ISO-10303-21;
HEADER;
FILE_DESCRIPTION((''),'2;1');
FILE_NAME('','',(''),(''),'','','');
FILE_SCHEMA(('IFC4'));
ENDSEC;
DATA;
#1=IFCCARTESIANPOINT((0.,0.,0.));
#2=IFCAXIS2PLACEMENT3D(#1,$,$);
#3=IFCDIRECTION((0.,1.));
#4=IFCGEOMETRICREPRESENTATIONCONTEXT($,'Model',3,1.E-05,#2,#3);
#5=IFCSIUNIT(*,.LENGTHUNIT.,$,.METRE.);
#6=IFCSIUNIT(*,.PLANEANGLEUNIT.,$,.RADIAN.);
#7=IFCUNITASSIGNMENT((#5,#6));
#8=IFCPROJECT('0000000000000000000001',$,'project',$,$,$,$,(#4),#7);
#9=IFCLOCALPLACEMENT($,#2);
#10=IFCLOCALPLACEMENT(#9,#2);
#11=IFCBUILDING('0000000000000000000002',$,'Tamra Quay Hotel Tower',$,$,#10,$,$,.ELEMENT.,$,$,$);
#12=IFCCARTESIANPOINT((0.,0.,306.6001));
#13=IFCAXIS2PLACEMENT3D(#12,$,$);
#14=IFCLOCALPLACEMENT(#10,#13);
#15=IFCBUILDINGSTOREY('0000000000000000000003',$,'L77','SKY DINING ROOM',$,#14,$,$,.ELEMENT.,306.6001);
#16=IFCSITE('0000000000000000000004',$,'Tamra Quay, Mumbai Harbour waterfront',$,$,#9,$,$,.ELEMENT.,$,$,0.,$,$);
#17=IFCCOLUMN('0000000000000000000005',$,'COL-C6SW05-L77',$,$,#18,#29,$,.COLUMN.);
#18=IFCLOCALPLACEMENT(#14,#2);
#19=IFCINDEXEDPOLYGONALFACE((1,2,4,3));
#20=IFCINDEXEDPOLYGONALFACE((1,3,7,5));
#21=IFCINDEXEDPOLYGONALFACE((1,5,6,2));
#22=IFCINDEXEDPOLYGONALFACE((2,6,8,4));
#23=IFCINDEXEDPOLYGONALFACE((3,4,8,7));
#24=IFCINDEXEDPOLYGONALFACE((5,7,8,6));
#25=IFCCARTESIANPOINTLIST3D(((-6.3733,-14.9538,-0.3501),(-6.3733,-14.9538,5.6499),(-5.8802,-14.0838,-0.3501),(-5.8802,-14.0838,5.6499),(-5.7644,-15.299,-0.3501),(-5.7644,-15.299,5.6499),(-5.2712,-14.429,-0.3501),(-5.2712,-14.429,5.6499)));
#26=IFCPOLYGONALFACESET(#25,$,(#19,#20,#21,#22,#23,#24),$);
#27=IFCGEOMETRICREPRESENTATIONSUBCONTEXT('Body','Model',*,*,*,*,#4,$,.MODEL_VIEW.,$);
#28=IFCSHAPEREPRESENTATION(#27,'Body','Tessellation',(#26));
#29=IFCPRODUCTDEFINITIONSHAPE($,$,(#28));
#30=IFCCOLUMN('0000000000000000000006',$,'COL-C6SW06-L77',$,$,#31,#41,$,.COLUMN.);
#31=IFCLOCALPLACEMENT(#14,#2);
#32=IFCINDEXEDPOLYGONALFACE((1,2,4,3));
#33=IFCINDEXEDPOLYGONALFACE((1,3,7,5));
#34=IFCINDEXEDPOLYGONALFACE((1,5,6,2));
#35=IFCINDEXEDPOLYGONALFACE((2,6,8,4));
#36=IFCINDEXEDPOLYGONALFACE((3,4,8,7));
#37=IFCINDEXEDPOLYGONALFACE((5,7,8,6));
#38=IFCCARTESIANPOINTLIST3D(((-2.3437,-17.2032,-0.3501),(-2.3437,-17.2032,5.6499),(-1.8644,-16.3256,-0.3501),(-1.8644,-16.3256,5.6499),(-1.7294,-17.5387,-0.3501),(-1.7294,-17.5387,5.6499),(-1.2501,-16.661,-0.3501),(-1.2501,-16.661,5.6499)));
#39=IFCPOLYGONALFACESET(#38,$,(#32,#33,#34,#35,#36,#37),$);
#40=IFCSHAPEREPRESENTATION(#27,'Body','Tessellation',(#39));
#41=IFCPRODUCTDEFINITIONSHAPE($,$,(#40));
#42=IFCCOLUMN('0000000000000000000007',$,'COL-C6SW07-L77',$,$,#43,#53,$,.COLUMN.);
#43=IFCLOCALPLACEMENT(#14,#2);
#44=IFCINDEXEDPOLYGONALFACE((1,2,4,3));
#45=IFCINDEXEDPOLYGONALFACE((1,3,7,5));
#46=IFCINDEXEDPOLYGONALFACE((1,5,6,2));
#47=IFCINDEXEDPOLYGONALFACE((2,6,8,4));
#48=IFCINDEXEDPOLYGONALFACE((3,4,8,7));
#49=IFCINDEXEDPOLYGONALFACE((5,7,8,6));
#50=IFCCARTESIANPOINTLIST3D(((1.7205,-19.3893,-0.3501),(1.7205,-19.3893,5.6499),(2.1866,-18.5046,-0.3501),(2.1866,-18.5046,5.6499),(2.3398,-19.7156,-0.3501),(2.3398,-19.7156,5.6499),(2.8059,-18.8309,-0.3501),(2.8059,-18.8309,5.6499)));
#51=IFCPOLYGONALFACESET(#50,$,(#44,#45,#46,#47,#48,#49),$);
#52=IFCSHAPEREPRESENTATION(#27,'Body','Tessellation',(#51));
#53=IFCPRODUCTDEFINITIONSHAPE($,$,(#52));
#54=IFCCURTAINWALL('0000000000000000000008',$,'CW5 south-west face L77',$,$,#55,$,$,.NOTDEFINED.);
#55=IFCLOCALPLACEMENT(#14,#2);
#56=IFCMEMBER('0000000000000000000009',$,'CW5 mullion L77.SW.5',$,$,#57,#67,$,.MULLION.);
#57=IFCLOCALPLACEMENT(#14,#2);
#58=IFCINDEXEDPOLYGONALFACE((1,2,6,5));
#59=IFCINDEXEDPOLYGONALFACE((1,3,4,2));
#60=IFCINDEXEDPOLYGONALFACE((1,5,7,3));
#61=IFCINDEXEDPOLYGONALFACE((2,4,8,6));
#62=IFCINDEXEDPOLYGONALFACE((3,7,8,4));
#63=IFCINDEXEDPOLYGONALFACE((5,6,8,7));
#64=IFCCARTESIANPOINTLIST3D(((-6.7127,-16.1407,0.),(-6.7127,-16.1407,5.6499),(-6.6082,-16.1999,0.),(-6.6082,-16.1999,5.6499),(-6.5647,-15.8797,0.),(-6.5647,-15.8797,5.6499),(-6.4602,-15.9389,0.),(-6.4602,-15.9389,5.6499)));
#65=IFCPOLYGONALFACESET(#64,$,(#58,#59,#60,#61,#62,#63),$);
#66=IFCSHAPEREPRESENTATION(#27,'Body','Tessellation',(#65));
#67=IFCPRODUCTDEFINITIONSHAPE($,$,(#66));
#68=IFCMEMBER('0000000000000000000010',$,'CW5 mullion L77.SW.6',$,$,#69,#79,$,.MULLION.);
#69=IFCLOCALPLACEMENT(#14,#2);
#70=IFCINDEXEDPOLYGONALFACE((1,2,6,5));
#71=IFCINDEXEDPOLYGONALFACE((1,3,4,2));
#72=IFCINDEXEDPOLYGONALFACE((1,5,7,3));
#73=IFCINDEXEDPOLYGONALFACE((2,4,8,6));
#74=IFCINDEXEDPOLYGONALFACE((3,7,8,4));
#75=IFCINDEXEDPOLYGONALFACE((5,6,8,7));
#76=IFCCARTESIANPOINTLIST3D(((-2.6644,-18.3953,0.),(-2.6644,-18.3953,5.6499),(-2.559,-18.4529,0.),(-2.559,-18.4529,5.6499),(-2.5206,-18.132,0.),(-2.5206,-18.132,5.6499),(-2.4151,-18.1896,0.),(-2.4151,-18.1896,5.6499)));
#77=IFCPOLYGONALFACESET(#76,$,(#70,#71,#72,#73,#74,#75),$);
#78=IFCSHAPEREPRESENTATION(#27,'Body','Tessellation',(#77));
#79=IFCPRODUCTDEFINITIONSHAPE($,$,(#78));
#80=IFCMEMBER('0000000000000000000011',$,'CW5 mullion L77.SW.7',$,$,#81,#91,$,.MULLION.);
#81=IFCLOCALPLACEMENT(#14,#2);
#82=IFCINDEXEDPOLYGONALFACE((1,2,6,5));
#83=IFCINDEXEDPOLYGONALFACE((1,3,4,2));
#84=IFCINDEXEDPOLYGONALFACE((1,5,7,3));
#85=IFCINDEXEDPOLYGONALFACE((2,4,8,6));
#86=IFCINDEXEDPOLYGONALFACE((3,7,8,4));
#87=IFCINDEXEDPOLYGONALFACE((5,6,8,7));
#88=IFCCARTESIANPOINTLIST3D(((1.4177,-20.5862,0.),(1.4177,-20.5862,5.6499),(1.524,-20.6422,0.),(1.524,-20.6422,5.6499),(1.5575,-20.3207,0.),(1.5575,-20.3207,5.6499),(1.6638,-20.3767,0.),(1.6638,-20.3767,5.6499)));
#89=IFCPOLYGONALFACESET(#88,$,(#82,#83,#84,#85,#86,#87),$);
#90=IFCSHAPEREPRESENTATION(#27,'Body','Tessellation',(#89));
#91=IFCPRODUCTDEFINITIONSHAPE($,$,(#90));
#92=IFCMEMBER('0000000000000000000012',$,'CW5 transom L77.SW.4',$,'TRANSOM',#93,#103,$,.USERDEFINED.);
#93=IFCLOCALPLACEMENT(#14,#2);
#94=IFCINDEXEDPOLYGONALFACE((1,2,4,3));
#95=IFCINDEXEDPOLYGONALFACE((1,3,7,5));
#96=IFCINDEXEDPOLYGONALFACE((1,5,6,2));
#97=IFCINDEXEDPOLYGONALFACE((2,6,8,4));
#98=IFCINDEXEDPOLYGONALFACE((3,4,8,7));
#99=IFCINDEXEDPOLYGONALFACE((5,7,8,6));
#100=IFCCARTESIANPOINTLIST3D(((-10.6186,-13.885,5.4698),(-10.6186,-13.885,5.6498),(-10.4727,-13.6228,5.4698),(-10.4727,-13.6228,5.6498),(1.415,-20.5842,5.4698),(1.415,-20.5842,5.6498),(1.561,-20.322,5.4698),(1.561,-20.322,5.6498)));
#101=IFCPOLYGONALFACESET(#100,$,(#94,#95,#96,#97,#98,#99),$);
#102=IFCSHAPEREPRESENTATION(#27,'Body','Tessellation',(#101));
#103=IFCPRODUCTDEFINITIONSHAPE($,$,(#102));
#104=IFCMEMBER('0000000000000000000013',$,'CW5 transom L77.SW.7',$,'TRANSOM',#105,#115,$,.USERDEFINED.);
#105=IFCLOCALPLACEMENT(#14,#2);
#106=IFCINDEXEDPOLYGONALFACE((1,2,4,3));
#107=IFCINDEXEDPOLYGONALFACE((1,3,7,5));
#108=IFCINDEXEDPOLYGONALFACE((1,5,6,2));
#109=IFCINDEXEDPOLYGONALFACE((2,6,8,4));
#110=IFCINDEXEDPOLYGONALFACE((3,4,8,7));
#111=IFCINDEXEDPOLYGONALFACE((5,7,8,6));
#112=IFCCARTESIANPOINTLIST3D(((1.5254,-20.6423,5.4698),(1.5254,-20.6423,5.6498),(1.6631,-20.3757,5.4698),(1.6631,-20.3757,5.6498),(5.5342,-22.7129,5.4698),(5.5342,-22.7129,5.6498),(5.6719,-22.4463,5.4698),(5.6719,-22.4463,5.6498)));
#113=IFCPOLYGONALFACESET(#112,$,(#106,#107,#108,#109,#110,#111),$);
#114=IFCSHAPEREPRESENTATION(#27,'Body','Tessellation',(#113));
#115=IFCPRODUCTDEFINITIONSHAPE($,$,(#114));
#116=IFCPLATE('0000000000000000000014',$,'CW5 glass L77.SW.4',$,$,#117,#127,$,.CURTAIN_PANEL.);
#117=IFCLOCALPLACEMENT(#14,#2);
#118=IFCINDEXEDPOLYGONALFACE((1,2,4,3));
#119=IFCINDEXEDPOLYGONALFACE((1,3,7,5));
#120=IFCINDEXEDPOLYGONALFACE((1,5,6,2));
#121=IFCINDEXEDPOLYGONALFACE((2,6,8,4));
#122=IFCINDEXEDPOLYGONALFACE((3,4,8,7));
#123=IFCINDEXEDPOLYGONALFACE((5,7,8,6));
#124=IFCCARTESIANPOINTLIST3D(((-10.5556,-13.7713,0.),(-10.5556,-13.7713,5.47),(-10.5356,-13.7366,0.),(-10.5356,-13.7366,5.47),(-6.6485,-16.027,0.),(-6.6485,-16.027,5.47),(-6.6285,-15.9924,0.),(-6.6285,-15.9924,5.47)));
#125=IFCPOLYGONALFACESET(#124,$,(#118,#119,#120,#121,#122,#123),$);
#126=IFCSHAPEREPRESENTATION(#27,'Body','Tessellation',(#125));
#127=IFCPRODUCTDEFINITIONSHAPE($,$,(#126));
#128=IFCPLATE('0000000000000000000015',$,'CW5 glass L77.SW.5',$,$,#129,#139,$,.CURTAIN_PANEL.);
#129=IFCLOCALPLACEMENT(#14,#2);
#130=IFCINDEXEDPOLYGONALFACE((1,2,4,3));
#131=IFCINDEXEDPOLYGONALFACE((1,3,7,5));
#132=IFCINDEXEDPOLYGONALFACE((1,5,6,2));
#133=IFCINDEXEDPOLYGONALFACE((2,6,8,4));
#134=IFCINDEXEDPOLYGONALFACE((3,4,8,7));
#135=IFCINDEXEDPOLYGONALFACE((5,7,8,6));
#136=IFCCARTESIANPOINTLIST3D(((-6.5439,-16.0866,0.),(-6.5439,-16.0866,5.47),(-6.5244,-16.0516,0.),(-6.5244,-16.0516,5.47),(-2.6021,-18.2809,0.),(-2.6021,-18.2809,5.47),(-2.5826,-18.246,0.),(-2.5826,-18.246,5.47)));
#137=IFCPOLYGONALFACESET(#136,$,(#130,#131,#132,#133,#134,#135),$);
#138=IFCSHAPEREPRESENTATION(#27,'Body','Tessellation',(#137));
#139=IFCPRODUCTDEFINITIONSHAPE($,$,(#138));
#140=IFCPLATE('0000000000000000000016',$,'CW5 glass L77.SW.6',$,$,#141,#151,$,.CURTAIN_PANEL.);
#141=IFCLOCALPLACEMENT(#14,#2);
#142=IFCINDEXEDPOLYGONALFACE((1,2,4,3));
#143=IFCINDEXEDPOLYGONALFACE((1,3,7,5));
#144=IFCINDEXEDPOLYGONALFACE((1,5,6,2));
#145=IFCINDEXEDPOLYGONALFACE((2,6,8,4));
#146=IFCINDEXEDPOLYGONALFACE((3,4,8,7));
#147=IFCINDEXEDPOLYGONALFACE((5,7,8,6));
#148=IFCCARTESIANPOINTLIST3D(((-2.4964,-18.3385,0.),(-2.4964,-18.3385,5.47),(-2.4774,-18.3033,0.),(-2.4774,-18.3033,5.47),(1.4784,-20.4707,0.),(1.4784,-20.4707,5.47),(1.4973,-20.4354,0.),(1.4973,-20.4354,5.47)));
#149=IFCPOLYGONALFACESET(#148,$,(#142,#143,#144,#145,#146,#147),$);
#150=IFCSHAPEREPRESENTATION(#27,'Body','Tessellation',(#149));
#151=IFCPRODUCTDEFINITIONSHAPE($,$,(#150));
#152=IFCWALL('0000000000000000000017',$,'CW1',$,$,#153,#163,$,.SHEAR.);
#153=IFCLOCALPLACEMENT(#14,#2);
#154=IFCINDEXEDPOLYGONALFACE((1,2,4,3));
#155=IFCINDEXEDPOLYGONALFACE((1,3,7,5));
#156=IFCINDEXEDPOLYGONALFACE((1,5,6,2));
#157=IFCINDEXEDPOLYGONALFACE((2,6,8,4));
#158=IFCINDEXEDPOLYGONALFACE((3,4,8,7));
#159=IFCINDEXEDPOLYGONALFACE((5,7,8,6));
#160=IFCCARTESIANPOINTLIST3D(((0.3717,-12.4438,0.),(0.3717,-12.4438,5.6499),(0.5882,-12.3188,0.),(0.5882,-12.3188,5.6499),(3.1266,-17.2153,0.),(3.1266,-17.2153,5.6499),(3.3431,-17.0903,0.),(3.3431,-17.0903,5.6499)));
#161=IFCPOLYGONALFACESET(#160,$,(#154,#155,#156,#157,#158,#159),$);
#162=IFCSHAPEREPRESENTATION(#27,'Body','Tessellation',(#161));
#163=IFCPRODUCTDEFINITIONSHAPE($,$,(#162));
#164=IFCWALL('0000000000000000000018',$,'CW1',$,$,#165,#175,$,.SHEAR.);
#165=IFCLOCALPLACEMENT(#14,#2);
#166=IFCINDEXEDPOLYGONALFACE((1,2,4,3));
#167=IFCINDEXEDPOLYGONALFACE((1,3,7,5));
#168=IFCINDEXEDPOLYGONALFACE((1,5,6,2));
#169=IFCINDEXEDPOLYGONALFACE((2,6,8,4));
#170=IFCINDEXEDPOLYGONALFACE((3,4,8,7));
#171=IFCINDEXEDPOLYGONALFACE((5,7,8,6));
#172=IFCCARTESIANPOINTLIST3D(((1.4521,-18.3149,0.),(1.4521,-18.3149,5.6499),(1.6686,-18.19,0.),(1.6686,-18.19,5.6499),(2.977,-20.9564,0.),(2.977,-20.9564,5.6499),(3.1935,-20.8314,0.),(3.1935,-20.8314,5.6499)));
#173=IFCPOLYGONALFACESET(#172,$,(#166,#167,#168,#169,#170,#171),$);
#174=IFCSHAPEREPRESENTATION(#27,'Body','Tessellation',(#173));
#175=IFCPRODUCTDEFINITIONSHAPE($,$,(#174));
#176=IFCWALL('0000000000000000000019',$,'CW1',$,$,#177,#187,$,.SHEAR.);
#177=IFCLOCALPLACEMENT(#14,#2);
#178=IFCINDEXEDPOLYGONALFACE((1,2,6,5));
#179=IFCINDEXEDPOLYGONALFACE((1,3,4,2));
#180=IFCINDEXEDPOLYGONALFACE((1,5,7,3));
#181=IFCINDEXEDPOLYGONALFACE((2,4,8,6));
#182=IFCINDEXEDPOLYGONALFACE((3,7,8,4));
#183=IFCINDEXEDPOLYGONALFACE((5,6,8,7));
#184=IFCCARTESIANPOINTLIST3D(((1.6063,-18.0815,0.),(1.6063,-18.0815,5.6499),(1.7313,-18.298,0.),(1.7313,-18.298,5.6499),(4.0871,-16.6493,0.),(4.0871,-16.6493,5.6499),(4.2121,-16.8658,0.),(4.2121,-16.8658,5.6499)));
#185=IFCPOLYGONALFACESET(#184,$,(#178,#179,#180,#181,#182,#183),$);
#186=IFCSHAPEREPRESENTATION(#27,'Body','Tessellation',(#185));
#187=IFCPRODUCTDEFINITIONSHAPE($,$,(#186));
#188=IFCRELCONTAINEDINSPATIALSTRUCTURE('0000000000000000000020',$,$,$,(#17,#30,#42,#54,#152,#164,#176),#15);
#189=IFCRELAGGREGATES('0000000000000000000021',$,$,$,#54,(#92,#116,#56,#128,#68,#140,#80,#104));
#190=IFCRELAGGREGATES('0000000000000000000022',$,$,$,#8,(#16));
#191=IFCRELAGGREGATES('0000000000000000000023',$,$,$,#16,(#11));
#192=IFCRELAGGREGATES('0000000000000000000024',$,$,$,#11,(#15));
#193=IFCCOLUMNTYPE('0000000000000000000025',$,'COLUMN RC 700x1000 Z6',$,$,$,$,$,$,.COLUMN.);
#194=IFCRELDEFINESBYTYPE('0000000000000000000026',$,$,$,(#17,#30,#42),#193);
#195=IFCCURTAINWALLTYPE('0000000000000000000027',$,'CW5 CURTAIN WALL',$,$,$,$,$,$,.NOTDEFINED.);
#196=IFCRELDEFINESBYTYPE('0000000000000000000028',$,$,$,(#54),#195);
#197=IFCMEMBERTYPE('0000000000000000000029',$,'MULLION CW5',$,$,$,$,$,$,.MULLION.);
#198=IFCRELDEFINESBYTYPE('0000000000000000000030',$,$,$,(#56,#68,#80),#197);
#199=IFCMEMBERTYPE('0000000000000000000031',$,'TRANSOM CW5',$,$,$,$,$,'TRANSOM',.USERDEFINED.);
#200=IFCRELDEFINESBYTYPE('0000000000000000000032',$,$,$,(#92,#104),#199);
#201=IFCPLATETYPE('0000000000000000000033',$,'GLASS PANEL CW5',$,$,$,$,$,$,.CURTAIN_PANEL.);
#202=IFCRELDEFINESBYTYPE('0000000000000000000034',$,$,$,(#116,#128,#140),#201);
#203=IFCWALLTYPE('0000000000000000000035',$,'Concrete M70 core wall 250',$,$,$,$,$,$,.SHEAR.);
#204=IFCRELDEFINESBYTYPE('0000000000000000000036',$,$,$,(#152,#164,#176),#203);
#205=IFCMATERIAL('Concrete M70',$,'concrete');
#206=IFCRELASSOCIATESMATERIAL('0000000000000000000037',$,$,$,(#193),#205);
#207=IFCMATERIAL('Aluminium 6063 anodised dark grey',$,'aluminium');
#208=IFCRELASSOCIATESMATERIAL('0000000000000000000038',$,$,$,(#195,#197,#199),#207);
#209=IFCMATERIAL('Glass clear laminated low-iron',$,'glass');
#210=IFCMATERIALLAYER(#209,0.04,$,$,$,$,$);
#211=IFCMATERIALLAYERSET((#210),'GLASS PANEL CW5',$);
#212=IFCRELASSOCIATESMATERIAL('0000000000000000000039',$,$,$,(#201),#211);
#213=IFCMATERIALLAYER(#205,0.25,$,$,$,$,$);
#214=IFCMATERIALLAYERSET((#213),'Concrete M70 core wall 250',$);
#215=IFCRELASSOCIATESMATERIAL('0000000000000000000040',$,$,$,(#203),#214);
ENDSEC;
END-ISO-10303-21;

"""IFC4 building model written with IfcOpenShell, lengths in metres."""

from ifc_helpers import new_model, si_unit, direction, frame, frame_2d, origin, origin_2d, place, context, subcontext, project, spatial, rectangle, extrude, material, layer, layer_set, material_profile, profile_set, type_object, element, aggregate, save


model = new_model("IFC4")

# Units and contexts
model_context = context("Model", 3, precision=1e-05, world=origin(), true_north=direction((0.0, 1.0)))
body_context = subcontext(model_context, "Body", "Model", "MODEL_VIEW")
ifc_project = project(units=[si_unit("LENGTHUNIT", "METRE"), si_unit("PLANEANGLEUNIT", "RADIAN")], contexts=[model_context])

# Site, building, storey
site_placement = place(None, origin())
site = spatial("IfcSite", under=ifc_project, at=site_placement, Name="Tamra Quay, Mumbai Harbour waterfront", CompositionType="ELEMENT", RefElevation=0.0)
building_placement = place(site_placement, origin())
building = spatial("IfcBuilding", under=site, at=building_placement, Name="Tamra Quay Hotel Tower", CompositionType="ELEMENT")
storey_placement = place(building_placement, frame((0.0, 0.0, 306.6001)))
storey = spatial("IfcBuildingStorey", under=building, at=storey_placement, Name="L77", Description="SKY DINING ROOM", CompositionType="ELEMENT", Elevation=306.6001)

# Columns
ifc_material_1 = material(Name="Concrete M70", Category="concrete")
ifc_material_profile_1 = material_profile(ifc_material_1, rectangle(XDim=1.0, YDim=0.7, at=origin_2d()), Name="COLUMN RC 700x1000 Z6")
ifc_profile_set_1 = profile_set([ifc_material_profile_1], Name="Concrete M70")
column_type = type_object("IfcColumnType", Name="COLUMN RC 700x1000 Z6", PredefinedType="COLUMN", material=ifc_profile_set_1)
for number, where, z_axis, x_axis, name in (
    (1, (-5.8223, -14.6914, -0.3501), (0.0, 0.0, 1.0), (0.493125, 0.869958, 0.0), "COL-C6SW05-L77"),
    (2, (-1.7969, -16.9321, -0.3501), (0.0, 0.0, 1.0), (0.479288, 0.877658, 0.0), "COL-C6SW06-L77"),
    (3, (2.2632, -19.1101, -0.3501), (0.0, 0.0, 1.0), (0.466118, 0.884723, 0.0), "COL-C6SW07-L77"),
):
    element("IfcColumn", number, at=place(storey_placement, frame(where, z_axis=z_axis, x_axis=x_axis)), inside=storey, type_object=column_type, Name=name, PredefinedType="COLUMN", context=body_context, shape_type="SweptSolid", body=[
        extrude(rectangle(XDim=1.0, YDim=0.7, at=origin_2d()), origin(), (0.0, 0.0, 1.0), 6.0),
    ])

# Curtain wall, members, plates
ifc_material_2 = material(Name="Aluminium 6063 anodised dark grey", Category="aluminium")
curtain_wall_type = type_object("IfcCurtainWallType", Name="CW5 CURTAIN WALL", PredefinedType="NOTDEFINED", material=ifc_material_2)
curtain_wall_placement = place(storey_placement, origin())
curtain_wall = element("IfcCurtainWall", 4, at=curtain_wall_placement, inside=storey, type_object=curtain_wall_type, Name="CW5 south-west face L77", PredefinedType="NOTDEFINED")
ifc_material_profile_2 = material_profile(ifc_material_2, rectangle(XDim=0.3, YDim=0.1201, at=origin_2d()), Name="MULLION 120X300")
ifc_profile_set_2 = profile_set([ifc_material_profile_2], Name="Aluminium 6063 anodised dark grey")
member_type_1 = type_object("IfcMemberType", Name="MULLION CW5", PredefinedType="MULLION", material=ifc_profile_set_2)
member_1_placement = place(storey_placement, frame((-6.5864, -16.0398, 0.0), z_axis=(0.0, 0.0, 1.0), x_axis=(-0.493216, -0.869907, 0.0)))
member_1 = element("IfcMember", 5, at=member_1_placement, type_object=member_type_1, Name="CW5 mullion L77.SW.5", PredefinedType="MULLION", context=body_context, shape_type="SweptSolid", body=[
    extrude(rectangle(XDim=0.3, YDim=0.1201, at=origin_2d()), origin(), (0.0, 0.0, 1.0), 5.6499),
])
member_2_placement = place(storey_placement, frame((-2.5398, -18.2925, 0.0), z_axis=(0.0, 0.0, 1.0), x_axis=(-0.479565, -0.877506, 0.0)))
member_2 = element("IfcMember", 6, at=member_2_placement, type_object=member_type_1, Name="CW5 mullion L77.SW.6", PredefinedType="MULLION", context=body_context, shape_type="SweptSolid", body=[
    extrude(rectangle(XDim=0.3, YDim=0.1201, at=origin_2d()), origin(), (0.0, 0.0, 1.0), 5.6499),
])
member_3_placement = place(storey_placement, frame((1.5408, -20.4814, 0.0), z_axis=(0.0, 0.0, 1.0), x_axis=(-0.465816, -0.884882, 0.0)))
member_3 = element("IfcMember", 7, at=member_3_placement, type_object=member_type_1, Name="CW5 mullion L77.SW.7", PredefinedType="MULLION", context=body_context, shape_type="SweptSolid", body=[
    extrude(rectangle(XDim=0.3, YDim=0.1201, at=origin_2d()), origin(), (0.0, 0.0, 1.0), 5.6499),
])
ifc_material_profile_3 = material_profile(ifc_material_2, rectangle(XDim=0.3, YDim=0.1799, at=origin_2d()), Name="TRANSOM 300X180")
ifc_profile_set_3 = profile_set([ifc_material_profile_3], Name="Aluminium 6063 anodised dark grey")
member_type_2 = type_object("IfcMemberType", Name="TRANSOM CW5", ElementType="TRANSOM", PredefinedType="USERDEFINED", material=ifc_profile_set_3)
member_4_placement = place(storey_placement, frame((-10.5457, -13.7539, 5.5598), z_axis=(0.873731, -0.48641, 0.0), x_axis=(0.48641, 0.873731, 0.0)))
member_4 = element("IfcMember", 8, at=member_4_placement, type_object=member_type_2, Name="CW5 transom L77.SW.4", ObjectType="TRANSOM", PredefinedType="USERDEFINED", context=body_context, shape_type="SweptSolid", body=[
    extrude(rectangle(XDim=0.3, YDim=0.1799, at=origin_2d()), origin(), (0.0, 0.0, 1.0), 13.7727),
])
member_5_placement = place(storey_placement, frame((1.5942, -20.509, 5.5598), z_axis=(0.888485, -0.458906, 0.0), x_axis=(0.458906, 0.888485, 0.0)))
member_5 = element("IfcMember", 9, at=member_5_placement, type_object=member_type_2, Name="CW5 transom L77.SW.7", ObjectType="TRANSOM", PredefinedType="USERDEFINED", context=body_context, shape_type="SweptSolid", body=[
    extrude(rectangle(XDim=0.3, YDim=0.1799, at=origin_2d()), origin(), (0.0, 0.0, 1.0), 4.512),
])
ifc_material_3 = material(Name="Glass clear laminated low-iron", Category="glass")
ifc_layer_1 = layer(ifc_material_3, 0.04)
ifc_layer_set_1 = layer_set([ifc_layer_1], Name="GLASS PANEL CW5")
plate_type = type_object("IfcPlateType", Name="GLASS PANEL CW5", PredefinedType="CURTAIN_PANEL", material=ifc_layer_set_1)
plate_1_placement = place(storey_placement, frame((-8.592, -14.8818, 0.0), z_axis=(0.0, 0.0, 1.0), x_axis=(0.866025, -0.5, 0.0)))
plate_1 = element("IfcPlate", 10, at=plate_1_placement, type_object=plate_type, Name="CW5 glass L77.SW.4", PredefinedType="CURTAIN_PANEL", context=body_context, shape_type="SweptSolid", body=[
    extrude(rectangle(XDim=4.5115, YDim=0.04, at=origin_2d()), origin(), (0.0, 0.0, 1.0), 5.47),
])
plate_2_placement = place(storey_placement, frame((-4.5632, -17.1663, 0.0), z_axis=(0.0, 0.0, 1.0), x_axis=(0.873736, -0.486401, 0.0)))
plate_2 = element("IfcPlate", 11, at=plate_2_placement, type_object=plate_type, Name="CW5 glass L77.SW.5", PredefinedType="CURTAIN_PANEL", context=body_context, shape_type="SweptSolid", body=[
    extrude(rectangle(XDim=4.5115, YDim=0.04, at=origin_2d()), origin(), (0.0, 0.0, 1.0), 5.47),
])
plate_3_placement = place(storey_placement, frame((-0.4995, -19.387, 0.0), z_axis=(0.0, 0.0, 1.0), x_axis=(0.881224, -0.4727, 0.0)))
plate_3 = element("IfcPlate", 12, at=plate_3_placement, type_object=plate_type, Name="CW5 glass L77.SW.6", PredefinedType="CURTAIN_PANEL", context=body_context, shape_type="SweptSolid", body=[
    extrude(rectangle(XDim=4.5105, YDim=0.04, at=origin_2d()), origin(), (0.0, 0.0, 1.0), 5.47),
])
aggregate(curtain_wall, [member_4, plate_1, member_1, plate_2, member_2, plate_3, member_3, member_5])

# Walls
ifc_layer_2 = layer(ifc_material_1, 0.25)
ifc_layer_set_2 = layer_set([ifc_layer_2], Name="Concrete M70 core wall 250")
wall_type = type_object("IfcWallType", Name="Concrete M70 core wall 250", PredefinedType="SHEAR", material=ifc_layer_set_2)
wall_1_placement = place(storey_placement, frame((3.2349, -17.1528, 0.0), z_axis=(0.0, 0.0, 1.0), x_axis=(-0.500009, 0.86602, 0.0)))
element("IfcWall", 13, at=wall_1_placement, inside=storey, type_object=wall_type, Name="CW1", PredefinedType="SHEAR", context=body_context, shape_type="SweptSolid", body=[
    extrude(rectangle(XDim=5.5098, YDim=0.25, at=frame_2d((2.7549, 0.0))), origin(), (0.0, 0.0, 1.0), 5.6499),
])
wall_2_placement = place(storey_placement, frame((3.0852, -20.8938, 0.0), z_axis=(0.0, 0.0, 1.0), x_axis=(-0.499979, 0.866038, 0.0)))
element("IfcWall", 14, at=wall_2_placement, inside=storey, type_object=wall_type, Name="CW1", PredefinedType="SHEAR", context=body_context, shape_type="SweptSolid", body=[
    extrude(rectangle(XDim=3.05, YDim=0.25, at=frame_2d((1.5249, 0.0))), origin(), (0.0, 0.0, 1.0), 5.6499),
])
wall_3_placement = place(storey_placement, frame((1.6689, -18.1897, 0.0), z_axis=(0.0, 0.0, 1.0), x_axis=(0.866042, 0.499971, 0.0)))
element("IfcWall", 15, at=wall_3_placement, inside=storey, type_object=wall_type, Name="CW1", PredefinedType="SHEAR", context=body_context, shape_type="SweptSolid", body=[
    extrude(rectangle(XDim=2.8645, YDim=0.25, at=frame_2d((1.4321, 0.0))), origin(), (0.0, 0.0, 1.0), 5.6499),
])

save(model, "model.ifc")
